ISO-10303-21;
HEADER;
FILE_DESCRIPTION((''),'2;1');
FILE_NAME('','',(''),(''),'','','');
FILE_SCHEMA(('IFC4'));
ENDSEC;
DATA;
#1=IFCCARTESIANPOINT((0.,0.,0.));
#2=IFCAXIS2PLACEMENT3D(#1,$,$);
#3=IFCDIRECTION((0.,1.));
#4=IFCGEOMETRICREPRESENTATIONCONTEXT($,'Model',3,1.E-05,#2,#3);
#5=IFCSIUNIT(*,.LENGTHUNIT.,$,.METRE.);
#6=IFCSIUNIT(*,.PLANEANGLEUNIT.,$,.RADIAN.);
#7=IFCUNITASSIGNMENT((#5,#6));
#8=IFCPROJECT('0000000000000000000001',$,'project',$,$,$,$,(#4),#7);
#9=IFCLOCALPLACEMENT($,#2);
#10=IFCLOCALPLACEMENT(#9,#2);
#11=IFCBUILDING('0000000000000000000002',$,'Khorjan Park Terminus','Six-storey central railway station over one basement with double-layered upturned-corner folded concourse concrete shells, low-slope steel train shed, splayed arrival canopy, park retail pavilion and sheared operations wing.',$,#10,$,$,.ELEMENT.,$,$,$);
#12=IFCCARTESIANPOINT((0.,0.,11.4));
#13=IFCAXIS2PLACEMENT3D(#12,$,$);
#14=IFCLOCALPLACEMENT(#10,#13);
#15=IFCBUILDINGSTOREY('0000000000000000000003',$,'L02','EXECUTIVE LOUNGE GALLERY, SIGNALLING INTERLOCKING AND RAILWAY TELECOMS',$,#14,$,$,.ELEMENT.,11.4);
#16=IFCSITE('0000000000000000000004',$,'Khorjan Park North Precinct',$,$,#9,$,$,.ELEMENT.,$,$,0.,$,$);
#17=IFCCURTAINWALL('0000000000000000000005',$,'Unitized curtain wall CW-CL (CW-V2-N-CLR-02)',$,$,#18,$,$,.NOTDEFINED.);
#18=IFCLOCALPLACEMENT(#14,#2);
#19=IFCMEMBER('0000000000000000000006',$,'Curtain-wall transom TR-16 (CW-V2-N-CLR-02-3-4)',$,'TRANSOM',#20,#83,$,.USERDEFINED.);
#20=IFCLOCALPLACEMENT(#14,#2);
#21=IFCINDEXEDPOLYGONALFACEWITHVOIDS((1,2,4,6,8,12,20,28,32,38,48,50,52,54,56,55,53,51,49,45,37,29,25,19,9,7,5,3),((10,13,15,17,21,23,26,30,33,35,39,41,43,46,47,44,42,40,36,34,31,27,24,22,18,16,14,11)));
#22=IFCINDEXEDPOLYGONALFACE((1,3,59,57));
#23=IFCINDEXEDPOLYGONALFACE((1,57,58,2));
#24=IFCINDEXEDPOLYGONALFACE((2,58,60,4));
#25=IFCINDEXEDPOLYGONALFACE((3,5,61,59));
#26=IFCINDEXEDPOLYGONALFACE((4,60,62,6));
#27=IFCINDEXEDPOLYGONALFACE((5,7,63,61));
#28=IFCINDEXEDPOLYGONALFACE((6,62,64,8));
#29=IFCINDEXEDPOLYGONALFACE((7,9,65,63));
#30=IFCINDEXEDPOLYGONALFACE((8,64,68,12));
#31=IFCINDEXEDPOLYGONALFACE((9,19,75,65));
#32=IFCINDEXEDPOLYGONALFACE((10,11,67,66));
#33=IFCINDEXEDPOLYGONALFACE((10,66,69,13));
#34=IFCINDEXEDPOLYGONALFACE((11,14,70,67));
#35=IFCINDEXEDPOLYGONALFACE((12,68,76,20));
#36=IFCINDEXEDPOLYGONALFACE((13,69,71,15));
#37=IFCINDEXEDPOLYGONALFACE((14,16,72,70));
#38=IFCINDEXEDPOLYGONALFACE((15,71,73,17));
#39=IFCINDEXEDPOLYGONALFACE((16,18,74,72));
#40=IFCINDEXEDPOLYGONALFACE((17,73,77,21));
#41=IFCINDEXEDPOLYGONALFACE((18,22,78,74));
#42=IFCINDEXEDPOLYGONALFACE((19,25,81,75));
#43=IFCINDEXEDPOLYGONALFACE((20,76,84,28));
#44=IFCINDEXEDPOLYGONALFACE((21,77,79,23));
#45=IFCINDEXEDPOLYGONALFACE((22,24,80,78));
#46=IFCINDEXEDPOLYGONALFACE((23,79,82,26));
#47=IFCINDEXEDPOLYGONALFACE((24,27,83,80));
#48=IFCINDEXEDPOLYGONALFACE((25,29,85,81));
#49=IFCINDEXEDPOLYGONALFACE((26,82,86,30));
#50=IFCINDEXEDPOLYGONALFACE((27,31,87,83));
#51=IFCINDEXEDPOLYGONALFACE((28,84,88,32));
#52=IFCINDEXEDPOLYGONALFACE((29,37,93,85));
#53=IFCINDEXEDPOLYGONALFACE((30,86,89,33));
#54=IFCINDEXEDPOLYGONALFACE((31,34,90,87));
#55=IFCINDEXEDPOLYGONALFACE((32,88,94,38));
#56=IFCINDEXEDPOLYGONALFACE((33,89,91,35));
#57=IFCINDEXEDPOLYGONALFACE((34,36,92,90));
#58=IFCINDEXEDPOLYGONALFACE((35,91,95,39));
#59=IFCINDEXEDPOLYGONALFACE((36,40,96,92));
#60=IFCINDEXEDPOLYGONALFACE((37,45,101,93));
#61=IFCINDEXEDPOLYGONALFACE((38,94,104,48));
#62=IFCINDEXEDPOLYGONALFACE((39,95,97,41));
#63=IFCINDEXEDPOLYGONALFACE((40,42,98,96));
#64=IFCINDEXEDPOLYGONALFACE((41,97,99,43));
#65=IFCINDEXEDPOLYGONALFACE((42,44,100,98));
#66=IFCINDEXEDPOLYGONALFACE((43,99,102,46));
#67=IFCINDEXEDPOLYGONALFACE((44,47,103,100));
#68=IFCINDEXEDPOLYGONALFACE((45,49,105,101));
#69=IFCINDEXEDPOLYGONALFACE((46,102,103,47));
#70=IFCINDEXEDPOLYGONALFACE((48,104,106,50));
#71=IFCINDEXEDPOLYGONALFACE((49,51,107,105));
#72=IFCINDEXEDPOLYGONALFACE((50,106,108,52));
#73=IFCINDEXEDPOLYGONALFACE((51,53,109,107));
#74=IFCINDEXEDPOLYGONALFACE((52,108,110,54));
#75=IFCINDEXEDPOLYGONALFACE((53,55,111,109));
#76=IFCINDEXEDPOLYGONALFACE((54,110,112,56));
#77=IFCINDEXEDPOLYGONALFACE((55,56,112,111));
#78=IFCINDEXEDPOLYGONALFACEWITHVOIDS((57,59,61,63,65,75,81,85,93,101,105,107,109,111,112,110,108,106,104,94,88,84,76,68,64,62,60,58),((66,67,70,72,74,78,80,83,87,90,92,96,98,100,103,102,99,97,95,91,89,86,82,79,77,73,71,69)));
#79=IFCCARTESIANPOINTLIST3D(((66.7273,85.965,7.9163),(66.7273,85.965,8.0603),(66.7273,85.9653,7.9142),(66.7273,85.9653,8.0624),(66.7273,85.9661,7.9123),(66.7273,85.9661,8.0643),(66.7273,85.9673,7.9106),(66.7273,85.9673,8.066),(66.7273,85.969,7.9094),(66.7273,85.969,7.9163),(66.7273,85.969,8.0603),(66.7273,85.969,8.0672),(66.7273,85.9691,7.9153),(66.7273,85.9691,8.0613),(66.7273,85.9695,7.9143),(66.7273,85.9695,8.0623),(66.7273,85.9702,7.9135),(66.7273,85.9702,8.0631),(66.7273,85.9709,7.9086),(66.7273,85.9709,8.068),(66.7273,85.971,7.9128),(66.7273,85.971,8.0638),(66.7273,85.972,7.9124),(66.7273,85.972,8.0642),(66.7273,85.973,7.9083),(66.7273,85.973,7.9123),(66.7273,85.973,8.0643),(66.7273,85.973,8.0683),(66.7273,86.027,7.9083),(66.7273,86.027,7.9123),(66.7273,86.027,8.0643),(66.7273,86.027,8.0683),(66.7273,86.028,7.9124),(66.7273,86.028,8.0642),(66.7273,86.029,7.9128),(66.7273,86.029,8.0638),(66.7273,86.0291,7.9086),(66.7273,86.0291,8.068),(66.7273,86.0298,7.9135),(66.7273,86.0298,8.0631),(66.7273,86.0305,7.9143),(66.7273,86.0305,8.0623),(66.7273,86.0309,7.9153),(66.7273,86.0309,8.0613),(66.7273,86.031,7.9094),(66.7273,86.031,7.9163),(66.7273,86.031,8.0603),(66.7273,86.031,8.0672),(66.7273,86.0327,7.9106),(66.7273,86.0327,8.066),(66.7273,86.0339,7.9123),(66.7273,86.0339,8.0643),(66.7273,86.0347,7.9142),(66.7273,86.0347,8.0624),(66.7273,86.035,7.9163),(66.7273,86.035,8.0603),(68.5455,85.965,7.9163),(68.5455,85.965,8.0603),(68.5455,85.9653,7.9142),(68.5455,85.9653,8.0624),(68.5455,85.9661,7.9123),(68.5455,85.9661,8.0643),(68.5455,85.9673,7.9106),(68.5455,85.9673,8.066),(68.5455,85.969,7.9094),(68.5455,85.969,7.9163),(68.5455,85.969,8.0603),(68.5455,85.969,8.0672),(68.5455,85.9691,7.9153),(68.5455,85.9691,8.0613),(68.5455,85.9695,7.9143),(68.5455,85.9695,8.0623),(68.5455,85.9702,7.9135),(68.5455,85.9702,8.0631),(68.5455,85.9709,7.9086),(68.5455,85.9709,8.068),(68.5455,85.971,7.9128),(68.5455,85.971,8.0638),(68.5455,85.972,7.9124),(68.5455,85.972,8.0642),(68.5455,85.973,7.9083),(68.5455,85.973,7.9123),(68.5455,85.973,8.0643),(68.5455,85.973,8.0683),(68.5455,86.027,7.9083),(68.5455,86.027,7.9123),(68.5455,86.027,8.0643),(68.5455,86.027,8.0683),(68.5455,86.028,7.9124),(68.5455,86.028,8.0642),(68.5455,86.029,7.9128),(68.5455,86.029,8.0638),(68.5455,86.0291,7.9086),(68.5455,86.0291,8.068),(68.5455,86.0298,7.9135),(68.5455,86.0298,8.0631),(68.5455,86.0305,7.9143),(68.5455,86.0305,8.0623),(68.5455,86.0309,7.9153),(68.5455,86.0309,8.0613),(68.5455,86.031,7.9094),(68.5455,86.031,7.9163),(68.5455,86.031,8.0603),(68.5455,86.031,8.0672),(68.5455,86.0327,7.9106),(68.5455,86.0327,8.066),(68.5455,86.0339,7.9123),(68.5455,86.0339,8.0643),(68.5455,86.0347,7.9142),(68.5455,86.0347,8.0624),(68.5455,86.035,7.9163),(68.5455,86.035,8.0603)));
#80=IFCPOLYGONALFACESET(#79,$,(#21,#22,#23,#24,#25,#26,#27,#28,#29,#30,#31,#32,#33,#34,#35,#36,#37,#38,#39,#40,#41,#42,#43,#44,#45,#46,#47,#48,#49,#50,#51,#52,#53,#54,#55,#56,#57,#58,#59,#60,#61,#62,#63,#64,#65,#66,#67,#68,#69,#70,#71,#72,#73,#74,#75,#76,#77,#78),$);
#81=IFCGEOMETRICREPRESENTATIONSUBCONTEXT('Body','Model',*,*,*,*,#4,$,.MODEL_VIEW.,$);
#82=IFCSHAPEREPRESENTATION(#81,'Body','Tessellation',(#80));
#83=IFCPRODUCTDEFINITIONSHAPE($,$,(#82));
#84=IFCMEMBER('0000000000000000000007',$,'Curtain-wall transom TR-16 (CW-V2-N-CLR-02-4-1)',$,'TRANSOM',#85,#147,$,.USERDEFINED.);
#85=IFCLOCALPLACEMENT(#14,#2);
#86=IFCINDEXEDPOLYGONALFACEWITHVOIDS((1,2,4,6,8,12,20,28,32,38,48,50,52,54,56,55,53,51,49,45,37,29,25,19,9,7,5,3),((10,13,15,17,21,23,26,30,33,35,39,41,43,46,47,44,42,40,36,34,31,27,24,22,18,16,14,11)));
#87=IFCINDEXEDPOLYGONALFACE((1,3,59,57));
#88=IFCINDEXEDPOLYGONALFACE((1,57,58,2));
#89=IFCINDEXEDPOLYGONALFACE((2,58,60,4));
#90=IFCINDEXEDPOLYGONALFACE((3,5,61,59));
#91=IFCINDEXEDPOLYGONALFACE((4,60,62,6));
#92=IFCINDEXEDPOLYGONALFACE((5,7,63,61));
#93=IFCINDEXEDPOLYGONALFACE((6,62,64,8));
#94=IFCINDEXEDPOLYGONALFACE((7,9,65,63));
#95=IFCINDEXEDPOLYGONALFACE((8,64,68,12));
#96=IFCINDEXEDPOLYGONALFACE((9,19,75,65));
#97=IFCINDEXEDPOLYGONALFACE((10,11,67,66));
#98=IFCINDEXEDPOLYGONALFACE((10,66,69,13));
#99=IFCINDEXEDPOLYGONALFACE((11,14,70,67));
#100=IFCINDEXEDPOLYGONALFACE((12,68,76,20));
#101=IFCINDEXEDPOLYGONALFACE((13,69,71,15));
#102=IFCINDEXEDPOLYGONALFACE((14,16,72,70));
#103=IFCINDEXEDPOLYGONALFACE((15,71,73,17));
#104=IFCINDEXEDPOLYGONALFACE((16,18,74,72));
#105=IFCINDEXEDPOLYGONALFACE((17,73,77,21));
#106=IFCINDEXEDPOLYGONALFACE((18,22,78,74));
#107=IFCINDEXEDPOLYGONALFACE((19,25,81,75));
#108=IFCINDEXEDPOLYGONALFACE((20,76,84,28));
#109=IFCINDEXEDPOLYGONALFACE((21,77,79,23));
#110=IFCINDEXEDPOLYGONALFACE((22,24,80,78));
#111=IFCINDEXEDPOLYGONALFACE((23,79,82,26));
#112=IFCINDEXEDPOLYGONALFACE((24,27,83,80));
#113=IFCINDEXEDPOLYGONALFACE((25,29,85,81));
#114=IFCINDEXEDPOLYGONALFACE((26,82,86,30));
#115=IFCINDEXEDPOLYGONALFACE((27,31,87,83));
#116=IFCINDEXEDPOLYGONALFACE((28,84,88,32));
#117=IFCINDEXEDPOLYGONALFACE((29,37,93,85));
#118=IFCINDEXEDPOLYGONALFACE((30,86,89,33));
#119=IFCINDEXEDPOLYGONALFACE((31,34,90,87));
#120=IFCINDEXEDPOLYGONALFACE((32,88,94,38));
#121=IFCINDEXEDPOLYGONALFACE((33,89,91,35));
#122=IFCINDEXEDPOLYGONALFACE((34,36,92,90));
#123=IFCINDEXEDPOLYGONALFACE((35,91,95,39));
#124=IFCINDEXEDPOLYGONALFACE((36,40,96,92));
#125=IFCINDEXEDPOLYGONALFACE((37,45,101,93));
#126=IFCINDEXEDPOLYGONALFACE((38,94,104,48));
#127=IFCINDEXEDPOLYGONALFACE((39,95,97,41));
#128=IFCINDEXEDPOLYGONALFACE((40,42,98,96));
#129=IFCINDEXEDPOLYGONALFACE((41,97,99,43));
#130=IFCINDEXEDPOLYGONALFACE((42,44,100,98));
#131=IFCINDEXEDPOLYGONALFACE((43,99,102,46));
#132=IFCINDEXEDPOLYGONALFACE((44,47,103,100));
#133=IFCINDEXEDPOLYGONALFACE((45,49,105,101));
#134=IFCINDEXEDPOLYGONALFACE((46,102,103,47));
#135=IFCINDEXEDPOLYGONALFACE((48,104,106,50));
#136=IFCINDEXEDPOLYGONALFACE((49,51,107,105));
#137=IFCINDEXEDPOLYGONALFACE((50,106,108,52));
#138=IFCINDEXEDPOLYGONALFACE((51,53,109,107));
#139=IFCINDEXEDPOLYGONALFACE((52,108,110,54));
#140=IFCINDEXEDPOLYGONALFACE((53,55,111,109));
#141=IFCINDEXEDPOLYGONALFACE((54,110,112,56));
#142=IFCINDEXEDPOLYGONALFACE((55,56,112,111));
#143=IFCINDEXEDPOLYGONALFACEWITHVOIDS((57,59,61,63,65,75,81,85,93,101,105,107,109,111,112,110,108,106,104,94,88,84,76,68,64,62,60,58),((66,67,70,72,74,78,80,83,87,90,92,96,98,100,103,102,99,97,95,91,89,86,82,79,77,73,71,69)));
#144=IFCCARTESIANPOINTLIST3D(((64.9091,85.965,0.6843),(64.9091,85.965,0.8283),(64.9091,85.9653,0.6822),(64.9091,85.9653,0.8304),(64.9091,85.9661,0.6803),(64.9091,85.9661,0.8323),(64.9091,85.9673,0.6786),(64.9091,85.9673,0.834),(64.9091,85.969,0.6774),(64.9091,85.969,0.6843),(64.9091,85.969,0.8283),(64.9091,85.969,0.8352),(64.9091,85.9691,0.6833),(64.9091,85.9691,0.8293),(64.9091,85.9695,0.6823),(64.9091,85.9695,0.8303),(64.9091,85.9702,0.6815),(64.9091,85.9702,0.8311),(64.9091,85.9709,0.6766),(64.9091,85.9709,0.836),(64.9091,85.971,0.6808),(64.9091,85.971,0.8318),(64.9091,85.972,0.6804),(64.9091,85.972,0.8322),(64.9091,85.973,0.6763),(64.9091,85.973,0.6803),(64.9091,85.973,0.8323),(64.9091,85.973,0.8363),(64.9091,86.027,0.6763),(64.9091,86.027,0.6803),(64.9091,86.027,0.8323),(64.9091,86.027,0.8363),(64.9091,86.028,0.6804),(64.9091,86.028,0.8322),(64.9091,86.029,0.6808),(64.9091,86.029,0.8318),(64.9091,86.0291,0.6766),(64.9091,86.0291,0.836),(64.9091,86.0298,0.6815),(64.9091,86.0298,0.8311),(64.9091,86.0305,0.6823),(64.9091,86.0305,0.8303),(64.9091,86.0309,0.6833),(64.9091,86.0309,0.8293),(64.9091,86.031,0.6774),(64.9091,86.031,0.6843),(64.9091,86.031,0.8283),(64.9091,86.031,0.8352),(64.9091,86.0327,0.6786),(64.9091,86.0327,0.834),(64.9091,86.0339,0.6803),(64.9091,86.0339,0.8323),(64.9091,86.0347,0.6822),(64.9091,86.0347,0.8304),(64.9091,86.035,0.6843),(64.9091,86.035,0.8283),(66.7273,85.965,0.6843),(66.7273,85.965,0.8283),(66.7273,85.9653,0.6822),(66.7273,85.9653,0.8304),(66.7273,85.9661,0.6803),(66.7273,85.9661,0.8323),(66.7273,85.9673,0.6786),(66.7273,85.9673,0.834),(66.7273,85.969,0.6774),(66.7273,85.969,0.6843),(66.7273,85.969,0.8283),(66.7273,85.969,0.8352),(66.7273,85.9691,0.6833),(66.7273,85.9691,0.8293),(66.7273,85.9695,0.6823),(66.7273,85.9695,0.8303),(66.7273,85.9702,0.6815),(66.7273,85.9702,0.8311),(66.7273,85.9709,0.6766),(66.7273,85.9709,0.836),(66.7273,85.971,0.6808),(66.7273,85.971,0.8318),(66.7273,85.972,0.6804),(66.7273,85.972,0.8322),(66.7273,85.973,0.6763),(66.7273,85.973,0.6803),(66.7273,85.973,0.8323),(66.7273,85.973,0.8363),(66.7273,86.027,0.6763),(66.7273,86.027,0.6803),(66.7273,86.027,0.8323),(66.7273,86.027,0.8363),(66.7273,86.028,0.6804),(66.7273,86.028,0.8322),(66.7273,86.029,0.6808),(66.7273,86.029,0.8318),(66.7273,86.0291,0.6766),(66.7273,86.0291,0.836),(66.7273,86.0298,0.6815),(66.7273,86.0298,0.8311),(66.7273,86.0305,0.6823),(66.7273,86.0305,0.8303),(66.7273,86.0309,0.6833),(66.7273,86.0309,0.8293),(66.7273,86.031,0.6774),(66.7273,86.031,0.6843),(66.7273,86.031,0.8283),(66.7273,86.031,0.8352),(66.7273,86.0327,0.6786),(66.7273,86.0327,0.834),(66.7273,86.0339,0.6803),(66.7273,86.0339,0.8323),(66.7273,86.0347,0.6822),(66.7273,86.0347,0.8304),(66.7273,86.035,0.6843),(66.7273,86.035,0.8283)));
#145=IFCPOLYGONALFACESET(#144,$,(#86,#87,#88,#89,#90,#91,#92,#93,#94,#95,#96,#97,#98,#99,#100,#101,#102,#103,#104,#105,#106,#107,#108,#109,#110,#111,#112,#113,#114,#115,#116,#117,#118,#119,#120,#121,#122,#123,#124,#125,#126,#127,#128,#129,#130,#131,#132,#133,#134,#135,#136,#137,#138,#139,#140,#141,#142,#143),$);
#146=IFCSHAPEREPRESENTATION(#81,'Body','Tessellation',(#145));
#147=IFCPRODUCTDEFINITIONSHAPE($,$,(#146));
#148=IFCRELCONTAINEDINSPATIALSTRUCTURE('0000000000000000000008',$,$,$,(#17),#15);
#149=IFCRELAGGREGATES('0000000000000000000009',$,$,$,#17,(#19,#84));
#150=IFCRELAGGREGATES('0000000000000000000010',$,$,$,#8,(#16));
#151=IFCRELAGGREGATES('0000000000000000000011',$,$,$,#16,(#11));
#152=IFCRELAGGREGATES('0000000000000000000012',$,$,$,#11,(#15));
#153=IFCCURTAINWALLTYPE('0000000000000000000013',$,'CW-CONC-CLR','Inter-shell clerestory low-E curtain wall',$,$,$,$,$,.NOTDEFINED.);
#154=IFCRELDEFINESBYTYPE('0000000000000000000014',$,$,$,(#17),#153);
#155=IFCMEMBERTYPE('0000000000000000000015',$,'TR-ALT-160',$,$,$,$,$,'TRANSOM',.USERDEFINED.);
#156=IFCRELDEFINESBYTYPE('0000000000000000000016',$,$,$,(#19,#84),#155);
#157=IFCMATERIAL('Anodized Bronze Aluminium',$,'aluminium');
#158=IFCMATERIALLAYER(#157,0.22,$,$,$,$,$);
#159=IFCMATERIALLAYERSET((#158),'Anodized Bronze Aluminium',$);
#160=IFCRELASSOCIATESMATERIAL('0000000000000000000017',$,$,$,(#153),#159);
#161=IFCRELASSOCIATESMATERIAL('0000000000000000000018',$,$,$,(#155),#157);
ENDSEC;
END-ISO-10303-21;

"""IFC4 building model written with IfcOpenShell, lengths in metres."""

from ifc_helpers import new_model, si_unit, direction, frame, origin, origin_2d, place, context, subcontext, project, spatial, hollow_rectangle, extrude, material, layer, layer_set, material_profile, profile_set, type_object, element, aggregate, save


model = new_model("IFC4")

# Units and contexts
model_context = context("Model", 3, precision=1e-05, world=origin(), true_north=direction((0.0, 1.0)))
body_context = subcontext(model_context, "Body", "Model", "MODEL_VIEW")
ifc_project = project(units=[si_unit("LENGTHUNIT", "METRE"), si_unit("PLANEANGLEUNIT", "RADIAN")], contexts=[model_context])

# Site, building, storey
site_placement = place(None, origin())
site = spatial("IfcSite", under=ifc_project, at=site_placement, Name="Khorjan Park North Precinct", CompositionType="ELEMENT", RefElevation=0.0)
building_placement = place(site_placement, origin())
building = spatial("IfcBuilding", under=site, at=building_placement, Name="Khorjan Park Terminus", Description="Six-storey central railway station over one basement with double-layered upturned-corner folded concourse concrete shells, low-slope steel train shed, splayed arrival canopy, park retail pavilion and sheared operations wing.", CompositionType="ELEMENT")
storey_placement = place(building_placement, frame((0.0, 0.0, 11.4)))
storey = spatial("IfcBuildingStorey", under=building, at=storey_placement, Name="L02", Description="EXECUTIVE LOUNGE GALLERY, SIGNALLING INTERLOCKING AND RAILWAY TELECOMS", CompositionType="ELEMENT", Elevation=11.4)

# Curtain wall, members
ifc_material_1 = material(Name="Anodized Bronze Aluminium", Category="aluminium")
ifc_layer_1 = layer(ifc_material_1, 0.22)
ifc_layer_set_1 = layer_set([ifc_layer_1], Name="Anodized Bronze Aluminium")
curtain_wall_type = type_object("IfcCurtainWallType", Name="CW-CONC-CLR", Description="Inter-shell clerestory low-E curtain wall", PredefinedType="NOTDEFINED", material=ifc_layer_set_1)
curtain_wall_placement = place(storey_placement, origin())
curtain_wall = element("IfcCurtainWall", 1, at=curtain_wall_placement, inside=storey, type_object=curtain_wall_type, Name="Unitized curtain wall CW-CL (CW-V2-N-CLR-02)", PredefinedType="NOTDEFINED")
ifc_material_profile_1 = material_profile(ifc_material_1, hollow_rectangle(XDim=0.07, YDim=0.16, WallThickness=0.004, InnerFilletRadius=0.004, OuterFilletRadius=0.008, at=origin_2d()), Name="ALT 70x160x4")
ifc_profile_set_1 = profile_set([ifc_material_profile_1], Name="Anodized Bronze Aluminium")
member_type_1 = type_object("IfcMemberType", Name="TR-ALT-160", ElementType="TRANSOM", PredefinedType="USERDEFINED", material=ifc_profile_set_1)
member_1_placement = place(storey_placement, frame((68.5455, 86.0, 7.9883), z_axis=(-1.0, 0.0, 0.0), x_axis=(0.0, -1.0, 0.0)))
member_1 = element("IfcMember", 2, at=member_1_placement, type_object=member_type_1, Name="Curtain-wall transom TR-16 (CW-V2-N-CLR-02-3-4)", ObjectType="TRANSOM", PredefinedType="USERDEFINED", context=body_context, shape_type="SweptSolid", body=[
    extrude(hollow_rectangle(XDim=0.07, YDim=0.16, WallThickness=0.004, InnerFilletRadius=0.004, OuterFilletRadius=0.008, at=origin_2d()), origin(), (0.0, 0.0, 1.0), 1.8182),
])
member_2_placement = place(storey_placement, frame((66.7273, 86.0, 0.7563), z_axis=(-1.0, 0.0, 0.0), x_axis=(0.0, -1.0, 0.0)))
member_2 = element("IfcMember", 3, at=member_2_placement, type_object=member_type_1, Name="Curtain-wall transom TR-16 (CW-V2-N-CLR-02-4-1)", ObjectType="TRANSOM", PredefinedType="USERDEFINED", context=body_context, shape_type="SweptSolid", body=[
    extrude(hollow_rectangle(XDim=0.07, YDim=0.16, WallThickness=0.004, InnerFilletRadius=0.004, OuterFilletRadius=0.008, at=origin_2d()), origin(), (0.0, 0.0, 1.0), 1.8182),
])

aggregate(curtain_wall, [member_1, member_2])

save(model, "model.ifc")
